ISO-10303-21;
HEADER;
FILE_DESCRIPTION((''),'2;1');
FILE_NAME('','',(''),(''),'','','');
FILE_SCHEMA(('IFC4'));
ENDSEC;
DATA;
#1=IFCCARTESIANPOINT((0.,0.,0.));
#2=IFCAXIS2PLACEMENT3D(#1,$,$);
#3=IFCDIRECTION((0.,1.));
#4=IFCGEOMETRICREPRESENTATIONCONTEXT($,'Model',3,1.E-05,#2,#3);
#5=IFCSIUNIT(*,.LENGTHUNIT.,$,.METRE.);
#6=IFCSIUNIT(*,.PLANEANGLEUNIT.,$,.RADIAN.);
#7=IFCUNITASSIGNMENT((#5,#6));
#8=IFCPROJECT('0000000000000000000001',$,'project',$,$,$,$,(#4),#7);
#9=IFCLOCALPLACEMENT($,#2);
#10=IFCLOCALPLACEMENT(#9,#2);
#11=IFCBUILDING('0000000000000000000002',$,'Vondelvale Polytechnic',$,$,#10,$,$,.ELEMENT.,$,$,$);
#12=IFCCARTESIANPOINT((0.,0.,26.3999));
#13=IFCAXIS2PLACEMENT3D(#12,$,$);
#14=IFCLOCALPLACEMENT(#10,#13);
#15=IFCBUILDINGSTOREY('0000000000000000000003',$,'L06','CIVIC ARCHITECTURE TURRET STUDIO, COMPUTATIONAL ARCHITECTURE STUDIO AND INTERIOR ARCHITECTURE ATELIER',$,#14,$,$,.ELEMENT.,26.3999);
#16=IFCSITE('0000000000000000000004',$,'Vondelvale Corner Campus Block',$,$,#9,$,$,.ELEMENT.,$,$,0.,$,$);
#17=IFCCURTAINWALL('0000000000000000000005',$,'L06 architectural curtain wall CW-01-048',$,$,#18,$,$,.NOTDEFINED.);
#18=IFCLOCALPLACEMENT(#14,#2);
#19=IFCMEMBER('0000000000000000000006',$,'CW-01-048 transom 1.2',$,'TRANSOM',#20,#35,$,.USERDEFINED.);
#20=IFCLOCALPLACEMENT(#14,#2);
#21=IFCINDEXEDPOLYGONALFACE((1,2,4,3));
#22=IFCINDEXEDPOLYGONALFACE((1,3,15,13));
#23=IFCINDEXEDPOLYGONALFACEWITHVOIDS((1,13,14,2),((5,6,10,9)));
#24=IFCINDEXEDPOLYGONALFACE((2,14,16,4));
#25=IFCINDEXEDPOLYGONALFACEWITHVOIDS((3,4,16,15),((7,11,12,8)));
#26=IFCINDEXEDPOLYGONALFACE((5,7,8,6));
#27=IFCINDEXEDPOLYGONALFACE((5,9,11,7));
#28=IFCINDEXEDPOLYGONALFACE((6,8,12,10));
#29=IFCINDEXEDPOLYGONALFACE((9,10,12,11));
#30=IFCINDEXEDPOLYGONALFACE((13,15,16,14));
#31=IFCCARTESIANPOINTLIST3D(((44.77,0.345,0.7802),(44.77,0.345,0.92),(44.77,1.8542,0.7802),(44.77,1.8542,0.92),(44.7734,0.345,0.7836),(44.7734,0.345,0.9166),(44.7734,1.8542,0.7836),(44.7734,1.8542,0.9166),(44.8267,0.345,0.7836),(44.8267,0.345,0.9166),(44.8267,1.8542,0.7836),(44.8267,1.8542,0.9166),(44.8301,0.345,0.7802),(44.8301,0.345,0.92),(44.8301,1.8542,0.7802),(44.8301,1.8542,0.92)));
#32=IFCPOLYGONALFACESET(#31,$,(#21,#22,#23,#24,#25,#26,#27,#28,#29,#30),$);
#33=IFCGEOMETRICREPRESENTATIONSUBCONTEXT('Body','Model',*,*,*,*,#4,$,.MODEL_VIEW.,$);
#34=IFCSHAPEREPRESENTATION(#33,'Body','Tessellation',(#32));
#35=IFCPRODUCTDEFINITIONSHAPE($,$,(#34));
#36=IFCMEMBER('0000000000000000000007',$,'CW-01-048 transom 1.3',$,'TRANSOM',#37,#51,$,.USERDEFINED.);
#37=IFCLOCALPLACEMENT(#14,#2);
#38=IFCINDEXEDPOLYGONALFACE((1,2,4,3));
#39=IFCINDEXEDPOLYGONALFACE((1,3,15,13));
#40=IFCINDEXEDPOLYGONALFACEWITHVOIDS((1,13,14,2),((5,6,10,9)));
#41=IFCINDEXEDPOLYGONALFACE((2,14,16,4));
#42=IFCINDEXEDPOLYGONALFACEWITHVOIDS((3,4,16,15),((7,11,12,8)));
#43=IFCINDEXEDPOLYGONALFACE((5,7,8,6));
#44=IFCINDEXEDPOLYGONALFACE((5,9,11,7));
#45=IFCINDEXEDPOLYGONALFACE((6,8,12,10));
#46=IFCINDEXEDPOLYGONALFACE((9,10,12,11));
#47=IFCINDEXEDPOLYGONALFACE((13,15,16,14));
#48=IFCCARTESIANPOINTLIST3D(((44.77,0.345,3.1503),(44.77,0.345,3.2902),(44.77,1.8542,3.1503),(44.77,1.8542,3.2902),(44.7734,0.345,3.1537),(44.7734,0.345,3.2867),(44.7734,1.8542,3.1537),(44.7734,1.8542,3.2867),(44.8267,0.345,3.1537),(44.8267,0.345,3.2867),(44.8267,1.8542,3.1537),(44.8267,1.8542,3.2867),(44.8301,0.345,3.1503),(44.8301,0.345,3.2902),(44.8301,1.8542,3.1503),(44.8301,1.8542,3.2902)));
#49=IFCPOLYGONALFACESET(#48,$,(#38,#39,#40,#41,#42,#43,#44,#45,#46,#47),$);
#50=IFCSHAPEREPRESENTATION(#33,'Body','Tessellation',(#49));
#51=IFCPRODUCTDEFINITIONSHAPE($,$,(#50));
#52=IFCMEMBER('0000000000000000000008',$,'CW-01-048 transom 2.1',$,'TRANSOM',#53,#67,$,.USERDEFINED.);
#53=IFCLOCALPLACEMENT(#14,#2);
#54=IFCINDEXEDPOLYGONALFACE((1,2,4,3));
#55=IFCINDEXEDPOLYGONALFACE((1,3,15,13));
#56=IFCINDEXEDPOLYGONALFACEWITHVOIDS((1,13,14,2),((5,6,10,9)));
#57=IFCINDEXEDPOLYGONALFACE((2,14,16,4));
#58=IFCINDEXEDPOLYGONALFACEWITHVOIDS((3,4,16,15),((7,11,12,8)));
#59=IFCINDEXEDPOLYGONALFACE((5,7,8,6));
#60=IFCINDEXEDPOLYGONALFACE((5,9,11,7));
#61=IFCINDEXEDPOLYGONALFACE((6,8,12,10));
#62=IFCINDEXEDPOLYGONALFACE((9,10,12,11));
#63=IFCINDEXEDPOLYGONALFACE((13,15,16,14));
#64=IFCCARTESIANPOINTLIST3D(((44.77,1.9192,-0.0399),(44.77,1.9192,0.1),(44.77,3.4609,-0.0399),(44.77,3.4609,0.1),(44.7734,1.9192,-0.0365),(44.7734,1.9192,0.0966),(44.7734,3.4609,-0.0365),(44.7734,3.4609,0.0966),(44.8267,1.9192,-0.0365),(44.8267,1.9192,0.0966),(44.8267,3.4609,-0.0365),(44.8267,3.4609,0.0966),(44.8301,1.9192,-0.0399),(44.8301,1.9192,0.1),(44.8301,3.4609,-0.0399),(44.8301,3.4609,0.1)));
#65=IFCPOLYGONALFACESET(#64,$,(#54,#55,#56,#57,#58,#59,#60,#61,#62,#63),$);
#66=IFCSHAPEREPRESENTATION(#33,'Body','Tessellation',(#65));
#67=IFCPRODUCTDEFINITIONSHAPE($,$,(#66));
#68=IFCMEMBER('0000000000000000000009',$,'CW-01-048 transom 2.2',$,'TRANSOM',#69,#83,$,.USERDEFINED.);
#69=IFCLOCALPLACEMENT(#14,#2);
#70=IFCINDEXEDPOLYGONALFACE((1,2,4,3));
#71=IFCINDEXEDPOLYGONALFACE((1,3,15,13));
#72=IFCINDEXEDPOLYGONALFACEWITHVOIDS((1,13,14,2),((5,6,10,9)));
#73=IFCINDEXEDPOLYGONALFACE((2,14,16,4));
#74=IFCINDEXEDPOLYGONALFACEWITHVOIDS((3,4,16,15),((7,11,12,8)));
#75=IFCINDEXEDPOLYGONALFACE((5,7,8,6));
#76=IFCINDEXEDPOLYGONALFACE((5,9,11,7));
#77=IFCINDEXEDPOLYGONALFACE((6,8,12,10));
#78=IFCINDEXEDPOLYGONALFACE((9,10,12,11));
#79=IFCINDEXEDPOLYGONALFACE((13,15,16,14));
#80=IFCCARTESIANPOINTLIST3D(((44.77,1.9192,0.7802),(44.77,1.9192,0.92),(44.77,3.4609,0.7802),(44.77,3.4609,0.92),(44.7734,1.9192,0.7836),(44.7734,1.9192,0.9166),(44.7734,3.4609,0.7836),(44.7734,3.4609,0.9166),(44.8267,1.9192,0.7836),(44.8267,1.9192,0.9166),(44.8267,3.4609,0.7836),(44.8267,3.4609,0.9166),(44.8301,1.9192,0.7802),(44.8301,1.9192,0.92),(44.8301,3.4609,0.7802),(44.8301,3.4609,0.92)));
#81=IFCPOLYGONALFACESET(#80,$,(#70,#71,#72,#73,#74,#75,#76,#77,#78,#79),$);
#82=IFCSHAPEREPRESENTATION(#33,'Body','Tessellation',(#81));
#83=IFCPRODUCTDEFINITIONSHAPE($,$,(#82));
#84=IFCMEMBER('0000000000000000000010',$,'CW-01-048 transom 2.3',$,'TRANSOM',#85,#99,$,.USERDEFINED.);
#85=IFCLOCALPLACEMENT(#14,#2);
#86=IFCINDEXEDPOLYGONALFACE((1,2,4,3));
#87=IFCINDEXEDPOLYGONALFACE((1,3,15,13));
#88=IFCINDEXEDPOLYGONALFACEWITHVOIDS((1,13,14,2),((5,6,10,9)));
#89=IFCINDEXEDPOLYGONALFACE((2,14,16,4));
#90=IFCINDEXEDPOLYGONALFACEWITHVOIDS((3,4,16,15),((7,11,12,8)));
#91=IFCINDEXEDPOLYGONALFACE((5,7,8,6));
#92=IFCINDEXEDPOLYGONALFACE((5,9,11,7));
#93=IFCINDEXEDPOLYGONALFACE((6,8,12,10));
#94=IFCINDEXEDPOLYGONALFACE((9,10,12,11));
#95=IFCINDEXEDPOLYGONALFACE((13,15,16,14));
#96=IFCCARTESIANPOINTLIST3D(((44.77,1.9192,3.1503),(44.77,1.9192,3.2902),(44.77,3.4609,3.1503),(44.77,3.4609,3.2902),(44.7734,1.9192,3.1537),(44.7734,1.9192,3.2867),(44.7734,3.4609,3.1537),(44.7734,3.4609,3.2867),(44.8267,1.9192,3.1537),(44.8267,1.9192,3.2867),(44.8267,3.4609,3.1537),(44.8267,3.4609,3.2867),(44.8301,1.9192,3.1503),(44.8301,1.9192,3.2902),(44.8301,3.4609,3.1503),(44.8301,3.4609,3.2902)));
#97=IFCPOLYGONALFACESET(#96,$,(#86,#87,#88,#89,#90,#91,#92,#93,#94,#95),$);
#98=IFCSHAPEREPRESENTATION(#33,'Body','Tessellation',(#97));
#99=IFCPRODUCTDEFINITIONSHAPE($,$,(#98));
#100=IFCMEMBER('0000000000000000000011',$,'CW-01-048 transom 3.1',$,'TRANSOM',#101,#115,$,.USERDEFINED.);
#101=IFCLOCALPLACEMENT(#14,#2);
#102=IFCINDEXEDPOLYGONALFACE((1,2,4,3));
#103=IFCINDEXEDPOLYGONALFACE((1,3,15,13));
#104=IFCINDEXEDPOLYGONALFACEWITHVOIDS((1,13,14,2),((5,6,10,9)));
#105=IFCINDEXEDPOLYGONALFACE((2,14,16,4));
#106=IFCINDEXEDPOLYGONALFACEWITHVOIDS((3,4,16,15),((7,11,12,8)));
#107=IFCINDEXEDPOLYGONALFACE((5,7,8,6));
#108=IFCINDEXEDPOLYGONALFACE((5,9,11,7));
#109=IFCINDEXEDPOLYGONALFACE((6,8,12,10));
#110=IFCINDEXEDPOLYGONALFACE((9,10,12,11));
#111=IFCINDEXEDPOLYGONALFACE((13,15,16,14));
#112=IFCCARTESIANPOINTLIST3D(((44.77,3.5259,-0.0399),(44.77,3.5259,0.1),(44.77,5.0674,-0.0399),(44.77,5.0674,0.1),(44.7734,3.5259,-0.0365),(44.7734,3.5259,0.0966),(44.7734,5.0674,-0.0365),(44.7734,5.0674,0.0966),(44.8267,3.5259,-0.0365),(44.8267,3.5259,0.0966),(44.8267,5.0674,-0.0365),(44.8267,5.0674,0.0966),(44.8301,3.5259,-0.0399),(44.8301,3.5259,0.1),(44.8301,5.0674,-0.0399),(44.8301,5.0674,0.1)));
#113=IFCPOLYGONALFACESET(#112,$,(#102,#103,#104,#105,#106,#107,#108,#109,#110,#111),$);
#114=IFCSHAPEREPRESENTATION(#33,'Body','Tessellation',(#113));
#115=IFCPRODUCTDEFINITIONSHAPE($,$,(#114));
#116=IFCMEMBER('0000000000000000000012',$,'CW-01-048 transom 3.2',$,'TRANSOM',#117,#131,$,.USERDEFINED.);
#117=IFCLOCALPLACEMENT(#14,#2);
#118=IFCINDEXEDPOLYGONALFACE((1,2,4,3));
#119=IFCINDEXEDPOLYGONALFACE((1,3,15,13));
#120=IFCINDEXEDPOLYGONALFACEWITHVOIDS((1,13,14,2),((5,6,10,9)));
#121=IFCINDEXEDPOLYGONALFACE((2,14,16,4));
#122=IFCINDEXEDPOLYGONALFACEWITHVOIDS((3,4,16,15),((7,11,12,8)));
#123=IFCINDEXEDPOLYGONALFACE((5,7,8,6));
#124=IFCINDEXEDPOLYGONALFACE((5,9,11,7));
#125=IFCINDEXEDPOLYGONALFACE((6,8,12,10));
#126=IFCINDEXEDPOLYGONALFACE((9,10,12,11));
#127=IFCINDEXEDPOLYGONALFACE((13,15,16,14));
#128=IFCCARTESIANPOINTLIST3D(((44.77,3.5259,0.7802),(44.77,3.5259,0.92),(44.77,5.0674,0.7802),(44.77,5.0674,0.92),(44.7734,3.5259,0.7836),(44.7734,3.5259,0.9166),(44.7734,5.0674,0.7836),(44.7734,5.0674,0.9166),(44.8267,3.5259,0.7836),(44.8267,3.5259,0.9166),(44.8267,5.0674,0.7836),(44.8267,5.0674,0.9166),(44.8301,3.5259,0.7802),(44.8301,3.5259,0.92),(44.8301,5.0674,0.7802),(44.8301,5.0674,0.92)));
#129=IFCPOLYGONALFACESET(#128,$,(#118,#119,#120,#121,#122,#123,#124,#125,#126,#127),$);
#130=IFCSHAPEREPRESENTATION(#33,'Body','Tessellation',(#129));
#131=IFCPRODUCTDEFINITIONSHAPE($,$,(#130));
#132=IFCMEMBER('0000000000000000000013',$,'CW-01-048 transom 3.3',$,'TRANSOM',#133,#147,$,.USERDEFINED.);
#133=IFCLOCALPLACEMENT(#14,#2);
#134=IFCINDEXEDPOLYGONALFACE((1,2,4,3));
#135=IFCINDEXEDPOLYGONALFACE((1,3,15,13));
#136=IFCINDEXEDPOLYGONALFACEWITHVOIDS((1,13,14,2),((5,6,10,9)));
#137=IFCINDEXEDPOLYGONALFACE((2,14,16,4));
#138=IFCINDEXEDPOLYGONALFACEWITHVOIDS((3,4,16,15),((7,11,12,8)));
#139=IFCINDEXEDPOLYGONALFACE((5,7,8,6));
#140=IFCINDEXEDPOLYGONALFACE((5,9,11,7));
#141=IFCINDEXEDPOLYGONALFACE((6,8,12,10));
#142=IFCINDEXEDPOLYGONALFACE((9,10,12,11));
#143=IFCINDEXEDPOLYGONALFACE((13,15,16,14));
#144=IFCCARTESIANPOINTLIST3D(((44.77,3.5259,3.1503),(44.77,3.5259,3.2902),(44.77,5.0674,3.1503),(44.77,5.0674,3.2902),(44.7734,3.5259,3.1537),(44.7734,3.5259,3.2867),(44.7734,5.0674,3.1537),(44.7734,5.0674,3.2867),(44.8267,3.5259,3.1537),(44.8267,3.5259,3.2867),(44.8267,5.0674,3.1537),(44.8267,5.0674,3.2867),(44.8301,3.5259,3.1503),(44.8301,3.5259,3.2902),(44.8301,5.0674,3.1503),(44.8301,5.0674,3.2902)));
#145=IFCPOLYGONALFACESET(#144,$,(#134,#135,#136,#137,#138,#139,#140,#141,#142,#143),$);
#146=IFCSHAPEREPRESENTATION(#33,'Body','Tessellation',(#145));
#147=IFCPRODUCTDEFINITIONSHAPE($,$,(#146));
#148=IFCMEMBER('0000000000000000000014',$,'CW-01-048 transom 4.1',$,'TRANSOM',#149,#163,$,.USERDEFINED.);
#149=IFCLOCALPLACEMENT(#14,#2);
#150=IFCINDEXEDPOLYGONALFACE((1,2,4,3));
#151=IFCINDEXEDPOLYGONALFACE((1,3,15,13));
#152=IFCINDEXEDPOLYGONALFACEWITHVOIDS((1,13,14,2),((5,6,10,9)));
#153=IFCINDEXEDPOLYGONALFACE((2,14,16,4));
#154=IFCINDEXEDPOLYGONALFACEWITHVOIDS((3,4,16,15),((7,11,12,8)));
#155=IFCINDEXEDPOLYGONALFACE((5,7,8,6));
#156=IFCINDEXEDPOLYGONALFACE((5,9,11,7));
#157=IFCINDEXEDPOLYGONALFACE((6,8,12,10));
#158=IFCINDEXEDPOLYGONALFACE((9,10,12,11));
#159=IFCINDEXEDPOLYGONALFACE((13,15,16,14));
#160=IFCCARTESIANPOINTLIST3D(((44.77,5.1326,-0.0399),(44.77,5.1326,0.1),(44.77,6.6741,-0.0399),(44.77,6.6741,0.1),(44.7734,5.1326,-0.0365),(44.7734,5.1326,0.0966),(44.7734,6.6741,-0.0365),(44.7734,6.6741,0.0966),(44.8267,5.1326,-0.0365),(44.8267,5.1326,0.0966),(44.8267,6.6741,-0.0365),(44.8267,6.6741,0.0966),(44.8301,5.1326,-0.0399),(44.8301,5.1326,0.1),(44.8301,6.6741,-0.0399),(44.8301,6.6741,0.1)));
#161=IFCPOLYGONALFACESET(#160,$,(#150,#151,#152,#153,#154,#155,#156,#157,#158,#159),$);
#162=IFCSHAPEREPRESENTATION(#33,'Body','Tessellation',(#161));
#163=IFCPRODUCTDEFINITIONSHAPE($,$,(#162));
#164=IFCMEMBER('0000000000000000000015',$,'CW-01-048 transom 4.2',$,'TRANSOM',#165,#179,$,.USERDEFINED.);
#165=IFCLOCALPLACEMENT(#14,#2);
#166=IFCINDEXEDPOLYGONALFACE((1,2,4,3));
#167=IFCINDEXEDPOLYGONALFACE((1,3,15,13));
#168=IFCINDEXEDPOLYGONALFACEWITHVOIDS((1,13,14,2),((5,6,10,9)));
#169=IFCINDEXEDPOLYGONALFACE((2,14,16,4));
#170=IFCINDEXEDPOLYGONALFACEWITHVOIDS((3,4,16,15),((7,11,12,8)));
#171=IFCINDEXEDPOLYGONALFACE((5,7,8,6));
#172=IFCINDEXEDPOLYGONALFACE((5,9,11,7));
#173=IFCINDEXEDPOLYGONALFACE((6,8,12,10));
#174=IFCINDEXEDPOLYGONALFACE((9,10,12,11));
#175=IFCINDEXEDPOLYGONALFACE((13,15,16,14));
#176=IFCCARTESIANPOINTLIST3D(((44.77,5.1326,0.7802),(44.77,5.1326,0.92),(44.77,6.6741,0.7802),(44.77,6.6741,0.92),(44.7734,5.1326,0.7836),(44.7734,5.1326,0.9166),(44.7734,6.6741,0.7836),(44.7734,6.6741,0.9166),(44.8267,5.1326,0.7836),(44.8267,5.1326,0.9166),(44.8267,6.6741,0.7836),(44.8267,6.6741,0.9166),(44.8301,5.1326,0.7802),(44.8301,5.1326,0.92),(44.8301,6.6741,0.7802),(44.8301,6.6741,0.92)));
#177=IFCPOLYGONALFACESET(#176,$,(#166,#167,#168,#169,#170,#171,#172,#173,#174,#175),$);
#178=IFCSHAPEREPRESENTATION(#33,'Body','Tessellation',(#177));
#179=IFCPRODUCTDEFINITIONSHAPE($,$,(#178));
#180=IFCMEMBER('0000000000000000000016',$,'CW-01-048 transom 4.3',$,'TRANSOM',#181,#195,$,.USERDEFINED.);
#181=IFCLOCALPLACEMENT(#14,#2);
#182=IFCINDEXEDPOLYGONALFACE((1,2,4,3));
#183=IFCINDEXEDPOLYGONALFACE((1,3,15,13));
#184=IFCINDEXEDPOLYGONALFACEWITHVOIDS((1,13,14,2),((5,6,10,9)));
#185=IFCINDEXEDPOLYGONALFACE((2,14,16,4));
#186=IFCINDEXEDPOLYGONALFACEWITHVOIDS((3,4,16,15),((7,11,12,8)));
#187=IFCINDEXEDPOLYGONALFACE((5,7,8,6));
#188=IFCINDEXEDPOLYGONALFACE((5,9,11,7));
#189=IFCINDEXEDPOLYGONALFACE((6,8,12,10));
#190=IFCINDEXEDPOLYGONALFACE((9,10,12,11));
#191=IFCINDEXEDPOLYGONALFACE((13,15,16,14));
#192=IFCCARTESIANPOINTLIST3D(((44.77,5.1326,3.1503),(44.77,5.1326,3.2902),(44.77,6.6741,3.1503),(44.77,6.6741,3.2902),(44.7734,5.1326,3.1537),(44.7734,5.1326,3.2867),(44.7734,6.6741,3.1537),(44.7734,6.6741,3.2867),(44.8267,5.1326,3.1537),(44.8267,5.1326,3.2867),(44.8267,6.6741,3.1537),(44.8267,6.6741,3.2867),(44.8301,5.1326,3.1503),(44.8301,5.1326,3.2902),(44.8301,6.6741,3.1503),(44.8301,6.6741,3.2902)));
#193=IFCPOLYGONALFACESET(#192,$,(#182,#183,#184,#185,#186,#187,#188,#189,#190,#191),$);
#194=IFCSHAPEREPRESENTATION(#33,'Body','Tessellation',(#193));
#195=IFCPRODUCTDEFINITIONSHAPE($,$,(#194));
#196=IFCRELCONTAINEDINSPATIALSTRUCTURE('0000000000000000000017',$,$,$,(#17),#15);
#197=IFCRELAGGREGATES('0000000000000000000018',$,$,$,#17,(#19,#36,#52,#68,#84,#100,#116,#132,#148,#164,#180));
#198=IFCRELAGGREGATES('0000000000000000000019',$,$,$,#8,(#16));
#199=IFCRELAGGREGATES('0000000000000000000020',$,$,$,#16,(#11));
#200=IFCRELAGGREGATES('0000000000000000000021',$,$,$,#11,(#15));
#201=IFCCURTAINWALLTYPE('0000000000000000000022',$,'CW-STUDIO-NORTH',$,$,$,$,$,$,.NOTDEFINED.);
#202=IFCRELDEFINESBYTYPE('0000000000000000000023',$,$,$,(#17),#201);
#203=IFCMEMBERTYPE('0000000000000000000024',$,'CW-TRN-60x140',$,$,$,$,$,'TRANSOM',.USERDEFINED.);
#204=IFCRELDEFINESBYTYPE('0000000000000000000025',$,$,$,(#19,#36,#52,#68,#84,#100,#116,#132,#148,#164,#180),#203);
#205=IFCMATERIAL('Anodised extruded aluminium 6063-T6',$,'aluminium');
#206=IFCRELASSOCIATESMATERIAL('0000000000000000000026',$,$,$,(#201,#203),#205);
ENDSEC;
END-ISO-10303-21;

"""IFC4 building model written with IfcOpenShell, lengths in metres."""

from ifc_helpers import new_model, si_unit, direction, frame, origin, origin_2d, place, context, subcontext, project, spatial, hollow_rectangle, extrude, material, material_profile, profile_set, type_object, element, aggregate, save


model = new_model("IFC4")

# Units and contexts
model_context = context("Model", 3, precision=1e-05, world=origin(), true_north=direction((0.0, 1.0)))
body_context = subcontext(model_context, "Body", "Model", "MODEL_VIEW")
ifc_project = project(units=[si_unit("LENGTHUNIT", "METRE"), si_unit("PLANEANGLEUNIT", "RADIAN")], contexts=[model_context])

# Site, building, storey
site_placement = place(None, origin())
site = spatial("IfcSite", under=ifc_project, at=site_placement, Name="Vondelvale Corner Campus Block", CompositionType="ELEMENT", RefElevation=0.0)
building_placement = place(site_placement, origin())
building = spatial("IfcBuilding", under=site, at=building_placement, Name="Vondelvale Polytechnic", CompositionType="ELEMENT")
storey_placement = place(building_placement, frame((0.0, 0.0, 26.3999)))
storey = spatial("IfcBuildingStorey", under=building, at=storey_placement, Name="L06", Description="CIVIC ARCHITECTURE TURRET STUDIO, COMPUTATIONAL ARCHITECTURE STUDIO AND INTERIOR ARCHITECTURE ATELIER", CompositionType="ELEMENT", Elevation=26.3999)

# Shared definitions
ifc_material_1 = material(Name="Anodised extruded aluminium 6063-T6", Category="aluminium")

# Curtain wall
curtain_wall_type_1 = type_object("IfcCurtainWallType", Name="CW-STUDIO-NORTH", PredefinedType="NOTDEFINED", material=ifc_material_1)
curtain_wall_1_placement = place(storey_placement, origin())
curtain_wall_1 = element("IfcCurtainWall", 1, at=curtain_wall_1_placement, inside=storey, type_object=curtain_wall_type_1, Name="L06 architectural curtain wall CW-01-048", PredefinedType="NOTDEFINED")

# Members
ifc_material_profile_1 = material_profile(ifc_material_1, hollow_rectangle(XDim=0.0601, YDim=0.1399, WallThickness=0.0034, at=origin_2d()), Name="CW-TRN-140x60")
ifc_profile_set_1 = profile_set([ifc_material_profile_1], Name="Anodised extruded aluminium 6063-T6")
member_type_1 = type_object("IfcMemberType", Name="CW-TRN-60x140", ElementType="TRANSOM", PredefinedType="USERDEFINED", material=ifc_profile_set_1)
member_1_placement = place(storey_placement, frame((44.8, 0.345, 0.8501), z_axis=(0.0, 1.0, 0.0), x_axis=(-1.0, 0.0, 0.0)))
member_1 = element("IfcMember", 2, at=member_1_placement, type_object=member_type_1, Name="CW-01-048 transom 1.2", ObjectType="TRANSOM", PredefinedType="USERDEFINED", context=body_context, shape_type="SweptSolid", body=[
    extrude(hollow_rectangle(XDim=0.0601, YDim=0.1399, WallThickness=0.0034, at=origin_2d()), origin(), (0.0, 0.0, 1.0), 1.5093),
])
member_2_placement = place(storey_placement, frame((44.8, 0.345, 3.2202), z_axis=(0.0, 1.0, 0.0), x_axis=(-1.0, 0.0, 0.0)))
member_2 = element("IfcMember", 3, at=member_2_placement, type_object=member_type_1, Name="CW-01-048 transom 1.3", ObjectType="TRANSOM", PredefinedType="USERDEFINED", context=body_context, shape_type="SweptSolid", body=[
    extrude(hollow_rectangle(XDim=0.0601, YDim=0.1399, WallThickness=0.0034, at=origin_2d()), origin(), (0.0, 0.0, 1.0), 1.5093),
])
member_3_placement = place(storey_placement, frame((44.8, 1.9192, 0.03), z_axis=(0.0, 1.0, 0.0), x_axis=(-1.0, 0.0, 0.0)))
member_3 = element("IfcMember", 4, at=member_3_placement, type_object=member_type_1, Name="CW-01-048 transom 2.1", ObjectType="TRANSOM", PredefinedType="USERDEFINED", context=body_context, shape_type="SweptSolid", body=[
    extrude(hollow_rectangle(XDim=0.0601, YDim=0.1399, WallThickness=0.0034, at=origin_2d()), origin(), (0.0, 0.0, 1.0), 1.5417),
])
member_4_placement = place(storey_placement, frame((44.8, 1.9192, 0.8501), z_axis=(0.0, 1.0, 0.0), x_axis=(-1.0, 0.0, 0.0)))
member_4 = element("IfcMember", 5, at=member_4_placement, type_object=member_type_1, Name="CW-01-048 transom 2.2", ObjectType="TRANSOM", PredefinedType="USERDEFINED", context=body_context, shape_type="SweptSolid", body=[
    extrude(hollow_rectangle(XDim=0.0601, YDim=0.1399, WallThickness=0.0034, at=origin_2d()), origin(), (0.0, 0.0, 1.0), 1.5417),
])
member_5_placement = place(storey_placement, frame((44.8, 1.9192, 3.2202), z_axis=(0.0, 1.0, 0.0), x_axis=(-1.0, 0.0, 0.0)))
member_5 = element("IfcMember", 6, at=member_5_placement, type_object=member_type_1, Name="CW-01-048 transom 2.3", ObjectType="TRANSOM", PredefinedType="USERDEFINED", context=body_context, shape_type="SweptSolid", body=[
    extrude(hollow_rectangle(XDim=0.0601, YDim=0.1399, WallThickness=0.0034, at=origin_2d()), origin(), (0.0, 0.0, 1.0), 1.5417),
])
member_6_placement = place(storey_placement, frame((44.8, 3.5259, 0.03), z_axis=(0.0, 1.0, 0.0), x_axis=(-1.0, 0.0, 0.0)))
member_6 = element("IfcMember", 7, at=member_6_placement, type_object=member_type_1, Name="CW-01-048 transom 3.1", ObjectType="TRANSOM", PredefinedType="USERDEFINED", context=body_context, shape_type="SweptSolid", body=[
    extrude(hollow_rectangle(XDim=0.0601, YDim=0.1399, WallThickness=0.0034, at=origin_2d()), origin(), (0.0, 0.0, 1.0), 1.5415),
])
member_7_placement = place(storey_placement, frame((44.8, 3.5259, 0.8501), z_axis=(0.0, 1.0, 0.0), x_axis=(-1.0, 0.0, 0.0)))
member_7 = element("IfcMember", 8, at=member_7_placement, type_object=member_type_1, Name="CW-01-048 transom 3.2", ObjectType="TRANSOM", PredefinedType="USERDEFINED", context=body_context, shape_type="SweptSolid", body=[
    extrude(hollow_rectangle(XDim=0.0601, YDim=0.1399, WallThickness=0.0034, at=origin_2d()), origin(), (0.0, 0.0, 1.0), 1.5415),
])
member_8_placement = place(storey_placement, frame((44.8, 3.5259, 3.2202), z_axis=(0.0, 1.0, 0.0), x_axis=(-1.0, 0.0, 0.0)))
member_8 = element("IfcMember", 9, at=member_8_placement, type_object=member_type_1, Name="CW-01-048 transom 3.3", ObjectType="TRANSOM", PredefinedType="USERDEFINED", context=body_context, shape_type="SweptSolid", body=[
    extrude(hollow_rectangle(XDim=0.0601, YDim=0.1399, WallThickness=0.0034, at=origin_2d()), origin(), (0.0, 0.0, 1.0), 1.5415),
])
member_9_placement = place(storey_placement, frame((44.8, 5.1326, 0.03), z_axis=(0.0, 1.0, 0.0), x_axis=(-1.0, 0.0, 0.0)))
member_9 = element("IfcMember", 10, at=member_9_placement, type_object=member_type_1, Name="CW-01-048 transom 4.1", ObjectType="TRANSOM", PredefinedType="USERDEFINED", context=body_context, shape_type="SweptSolid", body=[
    extrude(hollow_rectangle(XDim=0.0601, YDim=0.1399, WallThickness=0.0034, at=origin_2d()), origin(), (0.0, 0.0, 1.0), 1.5415),
])
member_10_placement = place(storey_placement, frame((44.8, 5.1326, 0.8501), z_axis=(0.0, 1.0, 0.0), x_axis=(-1.0, 0.0, 0.0)))
member_10 = element("IfcMember", 11, at=member_10_placement, type_object=member_type_1, Name="CW-01-048 transom 4.2", ObjectType="TRANSOM", PredefinedType="USERDEFINED", context=body_context, shape_type="SweptSolid", body=[
    extrude(hollow_rectangle(XDim=0.0601, YDim=0.1399, WallThickness=0.0034, at=origin_2d()), origin(), (0.0, 0.0, 1.0), 1.5415),
])
member_11_placement = place(storey_placement, frame((44.8, 5.1326, 3.2202), z_axis=(0.0, 1.0, 0.0), x_axis=(-1.0, 0.0, 0.0)))
member_11 = element("IfcMember", 12, at=member_11_placement, type_object=member_type_1, Name="CW-01-048 transom 4.3", ObjectType="TRANSOM", PredefinedType="USERDEFINED", context=body_context, shape_type="SweptSolid", body=[
    extrude(hollow_rectangle(XDim=0.0601, YDim=0.1399, WallThickness=0.0034, at=origin_2d()), origin(), (0.0, 0.0, 1.0), 1.5415),
])

aggregate(curtain_wall_1, [member_1, member_2, member_3, member_4, member_5, member_6, member_7, member_8, member_9, member_10, member_11])

save(model, "model.ifc")
